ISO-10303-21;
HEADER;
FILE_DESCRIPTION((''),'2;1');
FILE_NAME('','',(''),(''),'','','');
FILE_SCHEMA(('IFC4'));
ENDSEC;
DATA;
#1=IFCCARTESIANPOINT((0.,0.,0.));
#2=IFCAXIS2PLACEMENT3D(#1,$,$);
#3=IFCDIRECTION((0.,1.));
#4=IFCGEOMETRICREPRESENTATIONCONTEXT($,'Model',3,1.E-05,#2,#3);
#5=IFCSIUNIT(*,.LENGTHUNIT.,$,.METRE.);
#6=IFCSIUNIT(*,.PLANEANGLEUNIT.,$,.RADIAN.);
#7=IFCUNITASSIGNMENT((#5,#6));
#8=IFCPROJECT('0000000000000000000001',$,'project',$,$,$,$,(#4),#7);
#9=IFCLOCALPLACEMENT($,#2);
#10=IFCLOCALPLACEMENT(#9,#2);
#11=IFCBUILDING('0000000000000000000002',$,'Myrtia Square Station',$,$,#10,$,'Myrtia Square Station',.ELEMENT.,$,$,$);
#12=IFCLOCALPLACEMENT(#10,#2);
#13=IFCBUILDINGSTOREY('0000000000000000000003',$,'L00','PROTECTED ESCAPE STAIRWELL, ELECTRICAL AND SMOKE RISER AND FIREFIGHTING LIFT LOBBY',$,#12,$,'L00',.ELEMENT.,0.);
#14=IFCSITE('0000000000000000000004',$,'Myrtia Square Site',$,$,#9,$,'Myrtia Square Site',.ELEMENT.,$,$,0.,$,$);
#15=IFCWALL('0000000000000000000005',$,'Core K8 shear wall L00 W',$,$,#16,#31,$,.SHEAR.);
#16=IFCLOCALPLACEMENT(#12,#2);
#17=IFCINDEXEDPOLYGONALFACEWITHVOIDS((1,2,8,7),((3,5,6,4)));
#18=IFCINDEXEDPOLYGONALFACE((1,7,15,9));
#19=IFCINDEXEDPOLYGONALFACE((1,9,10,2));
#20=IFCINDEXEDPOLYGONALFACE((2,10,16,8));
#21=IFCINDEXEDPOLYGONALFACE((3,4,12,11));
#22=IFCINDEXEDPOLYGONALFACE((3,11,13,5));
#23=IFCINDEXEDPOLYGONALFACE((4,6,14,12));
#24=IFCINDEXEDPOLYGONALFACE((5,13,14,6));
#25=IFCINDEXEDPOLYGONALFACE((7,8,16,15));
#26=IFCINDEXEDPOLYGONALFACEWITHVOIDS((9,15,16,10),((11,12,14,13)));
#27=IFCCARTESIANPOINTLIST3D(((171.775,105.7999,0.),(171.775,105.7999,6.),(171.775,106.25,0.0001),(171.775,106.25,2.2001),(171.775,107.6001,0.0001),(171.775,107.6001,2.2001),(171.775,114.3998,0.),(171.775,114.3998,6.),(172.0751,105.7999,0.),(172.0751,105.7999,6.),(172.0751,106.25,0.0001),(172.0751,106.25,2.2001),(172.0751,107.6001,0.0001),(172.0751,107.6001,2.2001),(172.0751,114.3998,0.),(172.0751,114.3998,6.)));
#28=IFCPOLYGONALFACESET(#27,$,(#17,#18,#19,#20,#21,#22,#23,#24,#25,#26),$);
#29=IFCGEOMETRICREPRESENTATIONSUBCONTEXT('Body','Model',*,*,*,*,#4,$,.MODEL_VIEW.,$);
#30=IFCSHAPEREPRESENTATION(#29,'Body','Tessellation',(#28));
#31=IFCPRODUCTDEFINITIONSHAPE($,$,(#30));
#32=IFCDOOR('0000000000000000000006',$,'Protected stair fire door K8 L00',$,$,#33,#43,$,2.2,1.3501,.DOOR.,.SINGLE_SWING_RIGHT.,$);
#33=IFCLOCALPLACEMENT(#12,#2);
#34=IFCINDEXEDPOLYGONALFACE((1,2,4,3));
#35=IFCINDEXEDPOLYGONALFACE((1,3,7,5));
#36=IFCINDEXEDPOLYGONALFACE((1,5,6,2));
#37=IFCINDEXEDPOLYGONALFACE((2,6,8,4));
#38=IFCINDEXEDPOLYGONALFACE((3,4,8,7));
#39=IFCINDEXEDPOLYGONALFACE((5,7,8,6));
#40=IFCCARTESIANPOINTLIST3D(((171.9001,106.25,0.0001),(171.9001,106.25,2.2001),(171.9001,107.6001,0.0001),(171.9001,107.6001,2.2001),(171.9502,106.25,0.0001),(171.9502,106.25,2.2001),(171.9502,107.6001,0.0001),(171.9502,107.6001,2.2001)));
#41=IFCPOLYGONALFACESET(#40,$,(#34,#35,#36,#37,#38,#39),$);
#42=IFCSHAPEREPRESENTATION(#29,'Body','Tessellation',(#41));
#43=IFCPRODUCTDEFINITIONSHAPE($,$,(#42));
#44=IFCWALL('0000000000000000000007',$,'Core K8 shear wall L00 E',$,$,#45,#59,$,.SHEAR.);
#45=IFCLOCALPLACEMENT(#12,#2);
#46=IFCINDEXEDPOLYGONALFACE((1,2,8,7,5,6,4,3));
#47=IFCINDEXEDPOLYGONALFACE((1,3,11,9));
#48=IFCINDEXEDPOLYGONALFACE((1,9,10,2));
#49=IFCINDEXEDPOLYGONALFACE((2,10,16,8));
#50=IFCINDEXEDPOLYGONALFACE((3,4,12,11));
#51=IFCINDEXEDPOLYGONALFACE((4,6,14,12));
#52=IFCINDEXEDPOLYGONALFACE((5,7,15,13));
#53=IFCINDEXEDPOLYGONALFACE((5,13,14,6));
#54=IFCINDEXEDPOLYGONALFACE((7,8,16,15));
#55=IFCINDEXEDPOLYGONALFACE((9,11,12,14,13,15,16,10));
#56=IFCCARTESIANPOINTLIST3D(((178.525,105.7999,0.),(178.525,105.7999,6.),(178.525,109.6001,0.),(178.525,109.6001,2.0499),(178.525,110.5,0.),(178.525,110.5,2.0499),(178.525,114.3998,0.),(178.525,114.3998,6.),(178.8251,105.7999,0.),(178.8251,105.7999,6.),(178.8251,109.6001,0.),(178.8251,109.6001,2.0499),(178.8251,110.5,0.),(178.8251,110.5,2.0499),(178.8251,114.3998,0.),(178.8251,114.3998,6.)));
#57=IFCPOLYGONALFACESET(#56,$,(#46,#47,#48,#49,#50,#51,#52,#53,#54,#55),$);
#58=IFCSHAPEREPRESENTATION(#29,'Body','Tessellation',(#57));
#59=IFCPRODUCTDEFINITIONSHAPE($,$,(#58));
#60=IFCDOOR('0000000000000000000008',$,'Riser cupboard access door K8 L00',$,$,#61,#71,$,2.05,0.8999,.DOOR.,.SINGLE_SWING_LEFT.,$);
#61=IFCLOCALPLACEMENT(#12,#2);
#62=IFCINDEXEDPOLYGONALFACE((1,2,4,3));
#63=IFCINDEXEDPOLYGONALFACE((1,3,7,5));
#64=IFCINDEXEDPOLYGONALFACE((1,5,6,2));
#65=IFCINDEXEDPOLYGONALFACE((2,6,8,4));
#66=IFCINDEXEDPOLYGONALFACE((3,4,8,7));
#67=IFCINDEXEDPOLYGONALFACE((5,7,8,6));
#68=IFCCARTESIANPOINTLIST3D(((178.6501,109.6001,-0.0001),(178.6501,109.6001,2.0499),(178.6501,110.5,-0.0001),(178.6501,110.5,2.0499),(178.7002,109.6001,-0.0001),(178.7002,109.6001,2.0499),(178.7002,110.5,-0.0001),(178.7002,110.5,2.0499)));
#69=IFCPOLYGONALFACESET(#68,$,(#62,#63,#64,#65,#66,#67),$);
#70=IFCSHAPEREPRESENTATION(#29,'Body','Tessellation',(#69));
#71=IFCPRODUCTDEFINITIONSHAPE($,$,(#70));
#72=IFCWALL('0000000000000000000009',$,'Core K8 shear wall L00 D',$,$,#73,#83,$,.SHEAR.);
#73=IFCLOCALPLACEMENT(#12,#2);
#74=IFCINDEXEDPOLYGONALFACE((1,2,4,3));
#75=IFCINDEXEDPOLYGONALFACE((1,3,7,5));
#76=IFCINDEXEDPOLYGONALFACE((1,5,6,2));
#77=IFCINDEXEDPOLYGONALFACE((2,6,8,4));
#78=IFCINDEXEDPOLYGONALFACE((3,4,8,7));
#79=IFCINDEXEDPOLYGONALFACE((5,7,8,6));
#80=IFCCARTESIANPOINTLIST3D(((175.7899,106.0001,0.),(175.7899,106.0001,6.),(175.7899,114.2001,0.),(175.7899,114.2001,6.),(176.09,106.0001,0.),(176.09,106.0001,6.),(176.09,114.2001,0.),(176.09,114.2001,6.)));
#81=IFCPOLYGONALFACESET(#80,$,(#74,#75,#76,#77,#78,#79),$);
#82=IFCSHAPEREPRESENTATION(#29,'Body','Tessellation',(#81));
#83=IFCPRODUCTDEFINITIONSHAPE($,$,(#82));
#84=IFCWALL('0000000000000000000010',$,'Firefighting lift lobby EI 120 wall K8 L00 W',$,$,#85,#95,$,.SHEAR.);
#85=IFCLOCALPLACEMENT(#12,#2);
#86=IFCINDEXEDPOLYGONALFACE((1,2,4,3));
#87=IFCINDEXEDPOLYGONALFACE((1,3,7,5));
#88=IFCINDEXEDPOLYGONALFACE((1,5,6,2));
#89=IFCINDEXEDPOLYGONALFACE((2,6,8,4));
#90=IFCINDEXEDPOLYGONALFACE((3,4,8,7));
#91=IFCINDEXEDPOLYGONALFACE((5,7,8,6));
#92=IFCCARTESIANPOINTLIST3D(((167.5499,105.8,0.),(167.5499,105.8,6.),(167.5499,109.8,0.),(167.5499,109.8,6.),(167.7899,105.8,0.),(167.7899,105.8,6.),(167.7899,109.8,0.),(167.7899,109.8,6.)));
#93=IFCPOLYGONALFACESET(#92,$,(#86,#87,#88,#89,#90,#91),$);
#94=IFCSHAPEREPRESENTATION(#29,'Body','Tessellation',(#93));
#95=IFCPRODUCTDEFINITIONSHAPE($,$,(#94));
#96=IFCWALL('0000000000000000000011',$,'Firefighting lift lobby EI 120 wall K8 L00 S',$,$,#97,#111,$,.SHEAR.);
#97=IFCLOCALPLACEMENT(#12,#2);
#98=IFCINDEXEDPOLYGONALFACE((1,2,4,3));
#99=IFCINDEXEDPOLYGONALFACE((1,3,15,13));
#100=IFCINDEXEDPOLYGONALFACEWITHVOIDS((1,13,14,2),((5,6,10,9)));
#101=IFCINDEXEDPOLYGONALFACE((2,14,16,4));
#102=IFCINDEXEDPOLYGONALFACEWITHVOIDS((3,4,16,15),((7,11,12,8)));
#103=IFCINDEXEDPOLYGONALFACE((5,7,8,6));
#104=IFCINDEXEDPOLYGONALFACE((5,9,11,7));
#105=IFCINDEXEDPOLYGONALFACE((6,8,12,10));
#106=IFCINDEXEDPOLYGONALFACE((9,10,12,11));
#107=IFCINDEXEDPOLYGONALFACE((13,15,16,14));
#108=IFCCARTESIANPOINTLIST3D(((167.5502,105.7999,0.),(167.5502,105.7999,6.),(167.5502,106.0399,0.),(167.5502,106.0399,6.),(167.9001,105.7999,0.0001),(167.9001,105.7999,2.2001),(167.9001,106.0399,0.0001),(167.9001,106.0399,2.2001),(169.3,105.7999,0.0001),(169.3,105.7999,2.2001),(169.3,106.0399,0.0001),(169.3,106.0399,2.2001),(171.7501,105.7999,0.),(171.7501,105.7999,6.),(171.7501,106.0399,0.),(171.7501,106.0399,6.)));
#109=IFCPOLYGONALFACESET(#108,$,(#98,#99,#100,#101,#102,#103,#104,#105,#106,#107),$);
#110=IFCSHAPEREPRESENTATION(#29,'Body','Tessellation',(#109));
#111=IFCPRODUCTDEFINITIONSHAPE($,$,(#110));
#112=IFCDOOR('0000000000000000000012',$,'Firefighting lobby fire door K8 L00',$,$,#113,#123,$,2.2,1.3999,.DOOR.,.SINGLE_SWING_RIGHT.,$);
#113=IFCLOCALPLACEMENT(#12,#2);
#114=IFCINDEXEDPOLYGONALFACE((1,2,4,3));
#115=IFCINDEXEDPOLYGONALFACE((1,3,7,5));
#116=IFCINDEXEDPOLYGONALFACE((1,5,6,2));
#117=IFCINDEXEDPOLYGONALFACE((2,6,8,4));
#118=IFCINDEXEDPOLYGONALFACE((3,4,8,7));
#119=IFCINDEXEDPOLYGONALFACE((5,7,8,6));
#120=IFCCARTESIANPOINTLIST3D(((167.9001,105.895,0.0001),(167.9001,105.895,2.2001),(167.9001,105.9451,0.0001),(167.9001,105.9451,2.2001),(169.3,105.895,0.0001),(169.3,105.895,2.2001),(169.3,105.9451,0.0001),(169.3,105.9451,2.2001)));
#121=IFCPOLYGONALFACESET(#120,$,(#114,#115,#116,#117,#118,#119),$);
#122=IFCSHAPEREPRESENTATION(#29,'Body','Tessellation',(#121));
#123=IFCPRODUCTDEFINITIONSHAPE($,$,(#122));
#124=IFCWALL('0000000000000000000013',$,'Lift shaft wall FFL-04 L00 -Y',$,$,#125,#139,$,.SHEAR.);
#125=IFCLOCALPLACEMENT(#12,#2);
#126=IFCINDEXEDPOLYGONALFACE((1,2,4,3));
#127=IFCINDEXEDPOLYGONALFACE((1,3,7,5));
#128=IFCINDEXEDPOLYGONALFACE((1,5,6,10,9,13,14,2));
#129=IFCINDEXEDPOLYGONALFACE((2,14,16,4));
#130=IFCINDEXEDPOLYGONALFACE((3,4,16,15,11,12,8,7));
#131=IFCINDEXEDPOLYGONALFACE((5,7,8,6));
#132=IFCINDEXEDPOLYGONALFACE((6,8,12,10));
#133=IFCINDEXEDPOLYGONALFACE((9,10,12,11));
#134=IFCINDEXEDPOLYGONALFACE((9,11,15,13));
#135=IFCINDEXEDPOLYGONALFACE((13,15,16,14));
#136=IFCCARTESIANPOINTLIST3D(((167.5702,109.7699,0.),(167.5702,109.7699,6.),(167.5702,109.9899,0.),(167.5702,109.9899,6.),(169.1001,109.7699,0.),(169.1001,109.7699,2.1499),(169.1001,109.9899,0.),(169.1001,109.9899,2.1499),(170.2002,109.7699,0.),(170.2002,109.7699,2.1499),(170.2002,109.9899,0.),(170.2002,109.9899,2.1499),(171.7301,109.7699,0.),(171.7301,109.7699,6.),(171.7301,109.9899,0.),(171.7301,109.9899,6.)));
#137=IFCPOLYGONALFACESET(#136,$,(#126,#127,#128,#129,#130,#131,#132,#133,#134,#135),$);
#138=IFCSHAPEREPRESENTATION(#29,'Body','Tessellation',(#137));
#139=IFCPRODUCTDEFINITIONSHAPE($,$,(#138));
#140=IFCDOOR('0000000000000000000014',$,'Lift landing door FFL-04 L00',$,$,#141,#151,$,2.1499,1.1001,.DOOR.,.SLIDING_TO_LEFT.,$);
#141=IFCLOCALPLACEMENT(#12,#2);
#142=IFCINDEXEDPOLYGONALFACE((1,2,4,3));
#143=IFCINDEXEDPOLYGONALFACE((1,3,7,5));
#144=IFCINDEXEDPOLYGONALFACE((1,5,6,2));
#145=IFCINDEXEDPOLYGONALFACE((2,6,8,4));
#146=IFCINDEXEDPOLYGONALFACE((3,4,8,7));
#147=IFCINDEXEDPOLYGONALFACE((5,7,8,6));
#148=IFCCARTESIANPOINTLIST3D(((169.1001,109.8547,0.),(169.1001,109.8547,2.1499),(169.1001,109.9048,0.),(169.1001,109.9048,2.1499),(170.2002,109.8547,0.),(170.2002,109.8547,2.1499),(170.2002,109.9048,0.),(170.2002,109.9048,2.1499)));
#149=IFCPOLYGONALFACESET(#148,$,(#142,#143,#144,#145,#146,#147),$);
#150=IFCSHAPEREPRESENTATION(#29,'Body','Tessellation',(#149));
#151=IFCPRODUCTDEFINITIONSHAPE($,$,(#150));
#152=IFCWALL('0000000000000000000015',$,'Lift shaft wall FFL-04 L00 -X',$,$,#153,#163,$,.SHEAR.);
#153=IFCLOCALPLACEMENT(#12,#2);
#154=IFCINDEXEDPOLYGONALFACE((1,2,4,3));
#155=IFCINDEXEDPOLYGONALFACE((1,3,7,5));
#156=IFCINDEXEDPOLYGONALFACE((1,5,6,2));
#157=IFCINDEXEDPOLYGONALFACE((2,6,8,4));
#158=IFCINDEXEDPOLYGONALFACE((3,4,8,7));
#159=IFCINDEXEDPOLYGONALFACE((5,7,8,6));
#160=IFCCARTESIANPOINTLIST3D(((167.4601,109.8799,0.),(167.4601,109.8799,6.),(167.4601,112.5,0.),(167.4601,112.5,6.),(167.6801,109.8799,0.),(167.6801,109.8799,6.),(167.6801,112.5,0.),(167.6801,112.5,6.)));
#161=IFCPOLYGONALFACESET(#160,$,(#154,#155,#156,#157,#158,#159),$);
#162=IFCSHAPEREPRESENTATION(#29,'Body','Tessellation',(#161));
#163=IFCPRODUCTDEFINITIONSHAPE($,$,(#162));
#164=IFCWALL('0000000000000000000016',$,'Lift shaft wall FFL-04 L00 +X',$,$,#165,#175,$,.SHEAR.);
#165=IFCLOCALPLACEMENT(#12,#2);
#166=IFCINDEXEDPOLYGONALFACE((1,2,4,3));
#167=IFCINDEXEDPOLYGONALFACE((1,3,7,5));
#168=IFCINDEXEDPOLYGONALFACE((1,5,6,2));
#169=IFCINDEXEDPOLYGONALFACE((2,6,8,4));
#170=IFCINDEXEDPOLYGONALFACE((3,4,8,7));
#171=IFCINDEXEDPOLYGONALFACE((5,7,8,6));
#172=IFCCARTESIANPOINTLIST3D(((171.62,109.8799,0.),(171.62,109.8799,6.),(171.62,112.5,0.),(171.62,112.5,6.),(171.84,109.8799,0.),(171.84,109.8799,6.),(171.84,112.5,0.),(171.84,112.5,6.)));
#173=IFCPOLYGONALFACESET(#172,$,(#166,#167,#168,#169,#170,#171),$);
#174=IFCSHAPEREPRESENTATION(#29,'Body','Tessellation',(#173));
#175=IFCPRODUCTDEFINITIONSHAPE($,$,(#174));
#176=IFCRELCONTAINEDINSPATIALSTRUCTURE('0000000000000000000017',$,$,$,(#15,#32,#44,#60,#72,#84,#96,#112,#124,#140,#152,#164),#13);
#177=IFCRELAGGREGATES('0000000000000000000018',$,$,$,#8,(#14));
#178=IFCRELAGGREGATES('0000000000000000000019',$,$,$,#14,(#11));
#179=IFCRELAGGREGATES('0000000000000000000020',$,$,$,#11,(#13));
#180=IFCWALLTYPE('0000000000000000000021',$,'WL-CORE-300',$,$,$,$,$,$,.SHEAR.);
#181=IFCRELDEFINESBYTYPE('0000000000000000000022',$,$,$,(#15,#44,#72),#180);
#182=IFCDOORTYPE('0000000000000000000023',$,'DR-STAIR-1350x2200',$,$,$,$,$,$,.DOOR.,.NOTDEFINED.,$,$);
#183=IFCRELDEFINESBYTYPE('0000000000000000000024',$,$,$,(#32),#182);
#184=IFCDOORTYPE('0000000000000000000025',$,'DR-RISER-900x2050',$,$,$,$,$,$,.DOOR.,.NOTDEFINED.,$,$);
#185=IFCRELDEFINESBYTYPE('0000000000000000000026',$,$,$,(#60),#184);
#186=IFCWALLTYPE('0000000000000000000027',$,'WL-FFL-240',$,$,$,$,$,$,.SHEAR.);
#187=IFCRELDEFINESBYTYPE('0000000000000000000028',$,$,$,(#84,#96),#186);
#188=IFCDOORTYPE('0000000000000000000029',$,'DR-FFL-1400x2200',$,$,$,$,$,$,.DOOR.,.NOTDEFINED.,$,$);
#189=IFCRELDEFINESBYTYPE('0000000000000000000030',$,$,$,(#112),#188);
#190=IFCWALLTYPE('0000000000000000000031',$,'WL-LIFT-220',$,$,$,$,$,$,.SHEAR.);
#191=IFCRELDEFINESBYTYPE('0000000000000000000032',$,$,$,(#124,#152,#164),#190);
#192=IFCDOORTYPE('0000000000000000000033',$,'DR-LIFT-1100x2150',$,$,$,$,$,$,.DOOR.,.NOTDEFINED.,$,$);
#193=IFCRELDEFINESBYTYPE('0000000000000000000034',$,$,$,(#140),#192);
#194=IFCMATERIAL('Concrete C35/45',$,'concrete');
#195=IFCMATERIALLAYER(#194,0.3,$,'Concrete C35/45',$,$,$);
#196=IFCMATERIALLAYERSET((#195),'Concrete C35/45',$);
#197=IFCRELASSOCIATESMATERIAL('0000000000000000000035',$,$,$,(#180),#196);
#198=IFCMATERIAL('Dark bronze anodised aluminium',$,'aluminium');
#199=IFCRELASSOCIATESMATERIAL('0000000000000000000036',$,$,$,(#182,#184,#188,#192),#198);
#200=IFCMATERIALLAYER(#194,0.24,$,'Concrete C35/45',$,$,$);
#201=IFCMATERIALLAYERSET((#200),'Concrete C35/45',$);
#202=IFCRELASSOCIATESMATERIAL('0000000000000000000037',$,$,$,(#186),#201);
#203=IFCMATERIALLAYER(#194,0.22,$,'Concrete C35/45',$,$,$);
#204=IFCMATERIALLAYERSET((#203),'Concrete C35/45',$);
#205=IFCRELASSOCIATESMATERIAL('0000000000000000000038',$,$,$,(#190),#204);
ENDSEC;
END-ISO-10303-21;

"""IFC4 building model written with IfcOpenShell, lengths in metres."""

from ifc_helpers import new_model, si_unit, direction, frame, frame_2d, origin, place, context, subcontext, project, spatial, rectangle, extrude, material, layer, layer_set, type_object, element, fill, save


model = new_model("IFC4")

# Units and contexts
model_context = context("Model", 3, precision=1e-05, world=origin(), true_north=direction((0.0, 1.0)))
body_context = subcontext(model_context, "Body", "Model", "MODEL_VIEW")
ifc_project = project(units=[si_unit("LENGTHUNIT", "METRE"), si_unit("PLANEANGLEUNIT", "RADIAN")], contexts=[model_context])

# Site, building, storey
site_placement = place(None, origin())
site = spatial("IfcSite", under=ifc_project, at=site_placement, Name="Myrtia Square Site", LongName="Myrtia Square Site", CompositionType="ELEMENT", RefElevation=0.0)
building_placement = place(site_placement, origin())
building = spatial("IfcBuilding", under=site, at=building_placement, Name="Myrtia Square Station", LongName="Myrtia Square Station", CompositionType="ELEMENT")
storey_placement = place(building_placement, origin())
storey = spatial("IfcBuildingStorey", under=building, at=storey_placement, Name="L00", Description="PROTECTED ESCAPE STAIRWELL, ELECTRICAL AND SMOKE RISER AND FIREFIGHTING LIFT LOBBY", LongName="L00", CompositionType="ELEMENT", Elevation=0.0)

# Shared definitions
ifc_material_1 = material(Name="Concrete C35/45", Category="concrete")
ifc_layer_1 = layer(ifc_material_1, 0.3, Name="Concrete C35/45")
ifc_layer_set_1 = layer_set([ifc_layer_1], Name="Concrete C35/45")
wall_type_1 = type_object("IfcWallType", Name="WL-CORE-300", PredefinedType="SHEAR", material=ifc_layer_set_1)

# Walls, openings, doors
wall_1_placement = place(storey_placement, frame((171.925, 105.8, 0.0), z_axis=(0.0, 0.0, 1.0), x_axis=(0.0, 1.0, 0.0)))
wall_1 = element("IfcWall", 1, at=wall_1_placement, inside=storey, type_object=wall_type_1, Name="Core K8 shear wall L00 W", PredefinedType="SHEAR", context=body_context, shape_type="SweptSolid", body=[
    extrude(rectangle(XDim=8.5999, YDim=0.3, at=frame_2d((4.2998, 0.0))), origin(), (0.0, 0.0, 1.0), 6.0),
])
opening_1_placement = place(wall_1_placement, frame((0.45, 0.0, 0.0)))
opening_1 = element("IfcOpeningElement", 2, at=opening_1_placement, cuts=wall_1, PredefinedType="OPENING", context=body_context, shape_type="SweptSolid", body=[
    extrude(rectangle(XDim=1.3501, YDim=2.2, at=frame_2d((0.675, 1.1001))), frame((0.0, 0.165, 0.0), z_axis=(0.0, -1.0, 0.0), x_axis=(1.0, 0.0, 0.0)), (0.0, 0.0, 1.0), 0.3301),
])
ifc_material_2 = material(Name="Dark bronze anodised aluminium", Category="aluminium")
door_type_1 = type_object("IfcDoorType", Name="DR-STAIR-1350x2200", OperationType="NOTDEFINED", PredefinedType="DOOR", material=ifc_material_2)
door_1_placement = place(opening_1_placement, origin())
door_1 = element("IfcDoor", 3, at=door_1_placement, inside=storey, type_object=door_type_1, Name="Protected stair fire door K8 L00", OperationType="SINGLE_SWING_RIGHT", OverallHeight=2.2, OverallWidth=1.3501, PredefinedType="DOOR", context=body_context, shape_type="SweptSolid", body=[
    extrude(rectangle(XDim=1.3501, YDim=2.2, at=frame_2d((0.675, 1.1001))), frame((0.0, 0.0249, 0.0), z_axis=(0.0, -1.0, 0.0), x_axis=(1.0, 0.0, 0.0)), (0.0, 0.0, 1.0), 0.05),
])
fill(opening_1, door_1)
wall_2_placement = place(storey_placement, frame((178.675, 105.8, 0.0), z_axis=(0.0, 0.0, 1.0), x_axis=(0.0, 1.0, 0.0)))
wall_2 = element("IfcWall", 4, at=wall_2_placement, inside=storey, type_object=wall_type_1, Name="Core K8 shear wall L00 E", PredefinedType="SHEAR", context=body_context, shape_type="SweptSolid", body=[
    extrude(rectangle(XDim=8.5999, YDim=0.3, at=frame_2d((4.2998, 0.0))), origin(), (0.0, 0.0, 1.0), 6.0),
])
opening_2_placement = place(wall_2_placement, frame((3.8, 0.0, 0.0)))
opening_2 = element("IfcOpeningElement", 5, at=opening_2_placement, cuts=wall_2, PredefinedType="OPENING", context=body_context, shape_type="SweptSolid", body=[
    extrude(rectangle(XDim=0.8999, YDim=2.05, at=frame_2d((0.45, 1.0249))), frame((0.0, 0.165, 0.0), z_axis=(0.0, -1.0, 0.0), x_axis=(1.0, 0.0, 0.0)), (0.0, 0.0, 1.0), 0.3301),
])
door_type_2 = type_object("IfcDoorType", Name="DR-RISER-900x2050", OperationType="NOTDEFINED", PredefinedType="DOOR", material=ifc_material_2)
door_2_placement = place(opening_2_placement, origin())
door_2 = element("IfcDoor", 6, at=door_2_placement, inside=storey, type_object=door_type_2, Name="Riser cupboard access door K8 L00", OperationType="SINGLE_SWING_LEFT", OverallHeight=2.05, OverallWidth=0.8999, PredefinedType="DOOR", context=body_context, shape_type="SweptSolid", body=[
    extrude(rectangle(XDim=0.8999, YDim=2.05, at=frame_2d((0.45, 1.0249))), frame((0.0, 0.0249, 0.0), z_axis=(0.0, -1.0, 0.0), x_axis=(1.0, 0.0, 0.0)), (0.0, 0.0, 1.0), 0.05),
])
fill(opening_2, door_2)

# Walls
wall_3_placement = place(storey_placement, frame((175.9399, 106.0, 0.0), z_axis=(0.0, 0.0, 1.0), x_axis=(0.0, 1.0, 0.0)))
element("IfcWall", 7, at=wall_3_placement, inside=storey, type_object=wall_type_1, Name="Core K8 shear wall L00 D", PredefinedType="SHEAR", context=body_context, shape_type="SweptSolid", body=[
    extrude(rectangle(XDim=8.2, YDim=0.3, at=frame_2d((4.1001, 0.0))), origin(), (0.0, 0.0, 1.0), 6.0),
])
ifc_layer_2 = layer(ifc_material_1, 0.24, Name="Concrete C35/45")
ifc_layer_set_2 = layer_set([ifc_layer_2], Name="Concrete C35/45")
wall_type_2 = type_object("IfcWallType", Name="WL-FFL-240", PredefinedType="SHEAR", material=ifc_layer_set_2)
wall_4_placement = place(storey_placement, frame((167.6699, 105.8, 0.0), z_axis=(0.0, 0.0, 1.0), x_axis=(0.0, 1.0, 0.0)))
element("IfcWall", 8, at=wall_4_placement, inside=storey, type_object=wall_type_2, Name="Firefighting lift lobby EI 120 wall K8 L00 W", PredefinedType="SHEAR", context=body_context, shape_type="SweptSolid", body=[
    extrude(rectangle(XDim=4.0, YDim=0.24, at=frame_2d((2.0, 0.0))), origin(), (0.0, 0.0, 1.0), 6.0),
])

# Walls, openings, doors
wall_5_placement = place(storey_placement, frame((167.55, 105.9199, 0.0), z_axis=(0.0, 0.0, 1.0), x_axis=(1.0, 0.0, 0.0)))
wall_5 = element("IfcWall", 9, at=wall_5_placement, inside=storey, type_object=wall_type_2, Name="Firefighting lift lobby EI 120 wall K8 L00 S", PredefinedType="SHEAR", context=body_context, shape_type="SweptSolid", body=[
    extrude(rectangle(XDim=4.2, YDim=0.24, at=frame_2d((2.1001, 0.0))), origin(), (0.0, 0.0, 1.0), 6.0),
])
opening_3_placement = place(wall_5_placement, frame((0.3501, 0.0, 0.0)))
opening_3 = element("IfcOpeningElement", 10, at=opening_3_placement, cuts=wall_5, PredefinedType="OPENING", context=body_context, shape_type="SweptSolid", body=[
    extrude(rectangle(XDim=1.3999, YDim=2.2, at=frame_2d((0.7, 1.1001))), frame((0.0, 0.135, 0.0), z_axis=(0.0, -1.0, 0.0), x_axis=(1.0, 0.0, 0.0)), (0.0, 0.0, 1.0), 0.27),
])
door_type_3 = type_object("IfcDoorType", Name="DR-FFL-1400x2200", OperationType="NOTDEFINED", PredefinedType="DOOR", material=ifc_material_2)
door_3_placement = place(opening_3_placement, frame((1.3999, 0.0, 0.0), z_axis=(0.0, 0.0, 1.0), x_axis=(-1.0, 0.0, 0.0)))
door_3 = element("IfcDoor", 11, at=door_3_placement, inside=storey, type_object=door_type_3, Name="Firefighting lobby fire door K8 L00", OperationType="SINGLE_SWING_RIGHT", OverallHeight=2.2, OverallWidth=1.3999, PredefinedType="DOOR", context=body_context, shape_type="SweptSolid", body=[
    extrude(rectangle(XDim=1.3999, YDim=2.2, at=frame_2d((0.7, 1.1001))), frame((0.0, 0.0249, 0.0), z_axis=(0.0, -1.0, 0.0), x_axis=(1.0, 0.0, 0.0)), (0.0, 0.0, 1.0), 0.05),
])
fill(opening_3, door_3)
ifc_layer_3 = layer(ifc_material_1, 0.22, Name="Concrete C35/45")
ifc_layer_set_3 = layer_set([ifc_layer_3], Name="Concrete C35/45")
wall_type_3 = type_object("IfcWallType", Name="WL-LIFT-220", PredefinedType="SHEAR", material=ifc_layer_set_3)
wall_6_placement = place(storey_placement, frame((167.5701, 109.8799, 0.0), z_axis=(0.0, 0.0, 1.0), x_axis=(1.0, 0.0, 0.0)))
wall_6 = element("IfcWall", 12, at=wall_6_placement, inside=storey, type_object=wall_type_3, Name="Lift shaft wall FFL-04 L00 -Y", PredefinedType="SHEAR", context=body_context, shape_type="SweptSolid", body=[
    extrude(rectangle(XDim=4.1599, YDim=0.22, at=frame_2d((2.0801, 0.0))), origin(), (0.0, 0.0, 1.0), 6.0),
])
opening_4_placement = place(wall_6_placement, frame((1.53, 0.0, 0.0)))
opening_4 = element("IfcOpeningElement", 13, at=opening_4_placement, cuts=wall_6, PredefinedType="OPENING", context=body_context, shape_type="SweptSolid", body=[
    extrude(rectangle(XDim=1.1001, YDim=2.1499, at=frame_2d((0.55, 1.075))), frame((0.0, 0.125, 0.0), z_axis=(0.0, -1.0, 0.0), x_axis=(1.0, 0.0, 0.0)), (0.0, 0.0, 1.0), 0.25),
])
door_type_4 = type_object("IfcDoorType", Name="DR-LIFT-1100x2150", OperationType="NOTDEFINED", PredefinedType="DOOR", material=ifc_material_2)
door_4_placement = place(opening_4_placement, origin())
door_4 = element("IfcDoor", 14, at=door_4_placement, inside=storey, type_object=door_type_4, Name="Lift landing door FFL-04 L00", OperationType="SLIDING_TO_LEFT", OverallHeight=2.1499, OverallWidth=1.1001, PredefinedType="DOOR", context=body_context, shape_type="SweptSolid", body=[
    extrude(rectangle(XDim=1.1001, YDim=2.1499, at=frame_2d((0.55, 1.075))), frame((0.0, 0.0249, 0.0), z_axis=(0.0, -1.0, 0.0), x_axis=(1.0, 0.0, 0.0)), (0.0, 0.0, 1.0), 0.05),
])
fill(opening_4, door_4)

# Walls
for number, where, z_axis, x_axis, name in (
    (15, (167.5701, 109.8799, 0.0), (0.0, 0.0, 1.0), (0.0, 1.0, 0.0), "Lift shaft wall FFL-04 L00 -X"),
    (16, (171.73, 109.8799, 0.0), (0.0, 0.0, 1.0), (0.0, 1.0, 0.0), "Lift shaft wall FFL-04 L00 +X"),
):
    element("IfcWall", number, at=place(storey_placement, frame(where, z_axis=z_axis, x_axis=x_axis)), inside=storey, type_object=wall_type_3, Name=name, PredefinedType="SHEAR", context=body_context, shape_type="SweptSolid", body=[
        extrude(rectangle(XDim=2.6201, YDim=0.22, at=frame_2d((1.3101, 0.0))), origin(), (0.0, 0.0, 1.0), 6.0),
    ])

save(model, "model.ifc")
